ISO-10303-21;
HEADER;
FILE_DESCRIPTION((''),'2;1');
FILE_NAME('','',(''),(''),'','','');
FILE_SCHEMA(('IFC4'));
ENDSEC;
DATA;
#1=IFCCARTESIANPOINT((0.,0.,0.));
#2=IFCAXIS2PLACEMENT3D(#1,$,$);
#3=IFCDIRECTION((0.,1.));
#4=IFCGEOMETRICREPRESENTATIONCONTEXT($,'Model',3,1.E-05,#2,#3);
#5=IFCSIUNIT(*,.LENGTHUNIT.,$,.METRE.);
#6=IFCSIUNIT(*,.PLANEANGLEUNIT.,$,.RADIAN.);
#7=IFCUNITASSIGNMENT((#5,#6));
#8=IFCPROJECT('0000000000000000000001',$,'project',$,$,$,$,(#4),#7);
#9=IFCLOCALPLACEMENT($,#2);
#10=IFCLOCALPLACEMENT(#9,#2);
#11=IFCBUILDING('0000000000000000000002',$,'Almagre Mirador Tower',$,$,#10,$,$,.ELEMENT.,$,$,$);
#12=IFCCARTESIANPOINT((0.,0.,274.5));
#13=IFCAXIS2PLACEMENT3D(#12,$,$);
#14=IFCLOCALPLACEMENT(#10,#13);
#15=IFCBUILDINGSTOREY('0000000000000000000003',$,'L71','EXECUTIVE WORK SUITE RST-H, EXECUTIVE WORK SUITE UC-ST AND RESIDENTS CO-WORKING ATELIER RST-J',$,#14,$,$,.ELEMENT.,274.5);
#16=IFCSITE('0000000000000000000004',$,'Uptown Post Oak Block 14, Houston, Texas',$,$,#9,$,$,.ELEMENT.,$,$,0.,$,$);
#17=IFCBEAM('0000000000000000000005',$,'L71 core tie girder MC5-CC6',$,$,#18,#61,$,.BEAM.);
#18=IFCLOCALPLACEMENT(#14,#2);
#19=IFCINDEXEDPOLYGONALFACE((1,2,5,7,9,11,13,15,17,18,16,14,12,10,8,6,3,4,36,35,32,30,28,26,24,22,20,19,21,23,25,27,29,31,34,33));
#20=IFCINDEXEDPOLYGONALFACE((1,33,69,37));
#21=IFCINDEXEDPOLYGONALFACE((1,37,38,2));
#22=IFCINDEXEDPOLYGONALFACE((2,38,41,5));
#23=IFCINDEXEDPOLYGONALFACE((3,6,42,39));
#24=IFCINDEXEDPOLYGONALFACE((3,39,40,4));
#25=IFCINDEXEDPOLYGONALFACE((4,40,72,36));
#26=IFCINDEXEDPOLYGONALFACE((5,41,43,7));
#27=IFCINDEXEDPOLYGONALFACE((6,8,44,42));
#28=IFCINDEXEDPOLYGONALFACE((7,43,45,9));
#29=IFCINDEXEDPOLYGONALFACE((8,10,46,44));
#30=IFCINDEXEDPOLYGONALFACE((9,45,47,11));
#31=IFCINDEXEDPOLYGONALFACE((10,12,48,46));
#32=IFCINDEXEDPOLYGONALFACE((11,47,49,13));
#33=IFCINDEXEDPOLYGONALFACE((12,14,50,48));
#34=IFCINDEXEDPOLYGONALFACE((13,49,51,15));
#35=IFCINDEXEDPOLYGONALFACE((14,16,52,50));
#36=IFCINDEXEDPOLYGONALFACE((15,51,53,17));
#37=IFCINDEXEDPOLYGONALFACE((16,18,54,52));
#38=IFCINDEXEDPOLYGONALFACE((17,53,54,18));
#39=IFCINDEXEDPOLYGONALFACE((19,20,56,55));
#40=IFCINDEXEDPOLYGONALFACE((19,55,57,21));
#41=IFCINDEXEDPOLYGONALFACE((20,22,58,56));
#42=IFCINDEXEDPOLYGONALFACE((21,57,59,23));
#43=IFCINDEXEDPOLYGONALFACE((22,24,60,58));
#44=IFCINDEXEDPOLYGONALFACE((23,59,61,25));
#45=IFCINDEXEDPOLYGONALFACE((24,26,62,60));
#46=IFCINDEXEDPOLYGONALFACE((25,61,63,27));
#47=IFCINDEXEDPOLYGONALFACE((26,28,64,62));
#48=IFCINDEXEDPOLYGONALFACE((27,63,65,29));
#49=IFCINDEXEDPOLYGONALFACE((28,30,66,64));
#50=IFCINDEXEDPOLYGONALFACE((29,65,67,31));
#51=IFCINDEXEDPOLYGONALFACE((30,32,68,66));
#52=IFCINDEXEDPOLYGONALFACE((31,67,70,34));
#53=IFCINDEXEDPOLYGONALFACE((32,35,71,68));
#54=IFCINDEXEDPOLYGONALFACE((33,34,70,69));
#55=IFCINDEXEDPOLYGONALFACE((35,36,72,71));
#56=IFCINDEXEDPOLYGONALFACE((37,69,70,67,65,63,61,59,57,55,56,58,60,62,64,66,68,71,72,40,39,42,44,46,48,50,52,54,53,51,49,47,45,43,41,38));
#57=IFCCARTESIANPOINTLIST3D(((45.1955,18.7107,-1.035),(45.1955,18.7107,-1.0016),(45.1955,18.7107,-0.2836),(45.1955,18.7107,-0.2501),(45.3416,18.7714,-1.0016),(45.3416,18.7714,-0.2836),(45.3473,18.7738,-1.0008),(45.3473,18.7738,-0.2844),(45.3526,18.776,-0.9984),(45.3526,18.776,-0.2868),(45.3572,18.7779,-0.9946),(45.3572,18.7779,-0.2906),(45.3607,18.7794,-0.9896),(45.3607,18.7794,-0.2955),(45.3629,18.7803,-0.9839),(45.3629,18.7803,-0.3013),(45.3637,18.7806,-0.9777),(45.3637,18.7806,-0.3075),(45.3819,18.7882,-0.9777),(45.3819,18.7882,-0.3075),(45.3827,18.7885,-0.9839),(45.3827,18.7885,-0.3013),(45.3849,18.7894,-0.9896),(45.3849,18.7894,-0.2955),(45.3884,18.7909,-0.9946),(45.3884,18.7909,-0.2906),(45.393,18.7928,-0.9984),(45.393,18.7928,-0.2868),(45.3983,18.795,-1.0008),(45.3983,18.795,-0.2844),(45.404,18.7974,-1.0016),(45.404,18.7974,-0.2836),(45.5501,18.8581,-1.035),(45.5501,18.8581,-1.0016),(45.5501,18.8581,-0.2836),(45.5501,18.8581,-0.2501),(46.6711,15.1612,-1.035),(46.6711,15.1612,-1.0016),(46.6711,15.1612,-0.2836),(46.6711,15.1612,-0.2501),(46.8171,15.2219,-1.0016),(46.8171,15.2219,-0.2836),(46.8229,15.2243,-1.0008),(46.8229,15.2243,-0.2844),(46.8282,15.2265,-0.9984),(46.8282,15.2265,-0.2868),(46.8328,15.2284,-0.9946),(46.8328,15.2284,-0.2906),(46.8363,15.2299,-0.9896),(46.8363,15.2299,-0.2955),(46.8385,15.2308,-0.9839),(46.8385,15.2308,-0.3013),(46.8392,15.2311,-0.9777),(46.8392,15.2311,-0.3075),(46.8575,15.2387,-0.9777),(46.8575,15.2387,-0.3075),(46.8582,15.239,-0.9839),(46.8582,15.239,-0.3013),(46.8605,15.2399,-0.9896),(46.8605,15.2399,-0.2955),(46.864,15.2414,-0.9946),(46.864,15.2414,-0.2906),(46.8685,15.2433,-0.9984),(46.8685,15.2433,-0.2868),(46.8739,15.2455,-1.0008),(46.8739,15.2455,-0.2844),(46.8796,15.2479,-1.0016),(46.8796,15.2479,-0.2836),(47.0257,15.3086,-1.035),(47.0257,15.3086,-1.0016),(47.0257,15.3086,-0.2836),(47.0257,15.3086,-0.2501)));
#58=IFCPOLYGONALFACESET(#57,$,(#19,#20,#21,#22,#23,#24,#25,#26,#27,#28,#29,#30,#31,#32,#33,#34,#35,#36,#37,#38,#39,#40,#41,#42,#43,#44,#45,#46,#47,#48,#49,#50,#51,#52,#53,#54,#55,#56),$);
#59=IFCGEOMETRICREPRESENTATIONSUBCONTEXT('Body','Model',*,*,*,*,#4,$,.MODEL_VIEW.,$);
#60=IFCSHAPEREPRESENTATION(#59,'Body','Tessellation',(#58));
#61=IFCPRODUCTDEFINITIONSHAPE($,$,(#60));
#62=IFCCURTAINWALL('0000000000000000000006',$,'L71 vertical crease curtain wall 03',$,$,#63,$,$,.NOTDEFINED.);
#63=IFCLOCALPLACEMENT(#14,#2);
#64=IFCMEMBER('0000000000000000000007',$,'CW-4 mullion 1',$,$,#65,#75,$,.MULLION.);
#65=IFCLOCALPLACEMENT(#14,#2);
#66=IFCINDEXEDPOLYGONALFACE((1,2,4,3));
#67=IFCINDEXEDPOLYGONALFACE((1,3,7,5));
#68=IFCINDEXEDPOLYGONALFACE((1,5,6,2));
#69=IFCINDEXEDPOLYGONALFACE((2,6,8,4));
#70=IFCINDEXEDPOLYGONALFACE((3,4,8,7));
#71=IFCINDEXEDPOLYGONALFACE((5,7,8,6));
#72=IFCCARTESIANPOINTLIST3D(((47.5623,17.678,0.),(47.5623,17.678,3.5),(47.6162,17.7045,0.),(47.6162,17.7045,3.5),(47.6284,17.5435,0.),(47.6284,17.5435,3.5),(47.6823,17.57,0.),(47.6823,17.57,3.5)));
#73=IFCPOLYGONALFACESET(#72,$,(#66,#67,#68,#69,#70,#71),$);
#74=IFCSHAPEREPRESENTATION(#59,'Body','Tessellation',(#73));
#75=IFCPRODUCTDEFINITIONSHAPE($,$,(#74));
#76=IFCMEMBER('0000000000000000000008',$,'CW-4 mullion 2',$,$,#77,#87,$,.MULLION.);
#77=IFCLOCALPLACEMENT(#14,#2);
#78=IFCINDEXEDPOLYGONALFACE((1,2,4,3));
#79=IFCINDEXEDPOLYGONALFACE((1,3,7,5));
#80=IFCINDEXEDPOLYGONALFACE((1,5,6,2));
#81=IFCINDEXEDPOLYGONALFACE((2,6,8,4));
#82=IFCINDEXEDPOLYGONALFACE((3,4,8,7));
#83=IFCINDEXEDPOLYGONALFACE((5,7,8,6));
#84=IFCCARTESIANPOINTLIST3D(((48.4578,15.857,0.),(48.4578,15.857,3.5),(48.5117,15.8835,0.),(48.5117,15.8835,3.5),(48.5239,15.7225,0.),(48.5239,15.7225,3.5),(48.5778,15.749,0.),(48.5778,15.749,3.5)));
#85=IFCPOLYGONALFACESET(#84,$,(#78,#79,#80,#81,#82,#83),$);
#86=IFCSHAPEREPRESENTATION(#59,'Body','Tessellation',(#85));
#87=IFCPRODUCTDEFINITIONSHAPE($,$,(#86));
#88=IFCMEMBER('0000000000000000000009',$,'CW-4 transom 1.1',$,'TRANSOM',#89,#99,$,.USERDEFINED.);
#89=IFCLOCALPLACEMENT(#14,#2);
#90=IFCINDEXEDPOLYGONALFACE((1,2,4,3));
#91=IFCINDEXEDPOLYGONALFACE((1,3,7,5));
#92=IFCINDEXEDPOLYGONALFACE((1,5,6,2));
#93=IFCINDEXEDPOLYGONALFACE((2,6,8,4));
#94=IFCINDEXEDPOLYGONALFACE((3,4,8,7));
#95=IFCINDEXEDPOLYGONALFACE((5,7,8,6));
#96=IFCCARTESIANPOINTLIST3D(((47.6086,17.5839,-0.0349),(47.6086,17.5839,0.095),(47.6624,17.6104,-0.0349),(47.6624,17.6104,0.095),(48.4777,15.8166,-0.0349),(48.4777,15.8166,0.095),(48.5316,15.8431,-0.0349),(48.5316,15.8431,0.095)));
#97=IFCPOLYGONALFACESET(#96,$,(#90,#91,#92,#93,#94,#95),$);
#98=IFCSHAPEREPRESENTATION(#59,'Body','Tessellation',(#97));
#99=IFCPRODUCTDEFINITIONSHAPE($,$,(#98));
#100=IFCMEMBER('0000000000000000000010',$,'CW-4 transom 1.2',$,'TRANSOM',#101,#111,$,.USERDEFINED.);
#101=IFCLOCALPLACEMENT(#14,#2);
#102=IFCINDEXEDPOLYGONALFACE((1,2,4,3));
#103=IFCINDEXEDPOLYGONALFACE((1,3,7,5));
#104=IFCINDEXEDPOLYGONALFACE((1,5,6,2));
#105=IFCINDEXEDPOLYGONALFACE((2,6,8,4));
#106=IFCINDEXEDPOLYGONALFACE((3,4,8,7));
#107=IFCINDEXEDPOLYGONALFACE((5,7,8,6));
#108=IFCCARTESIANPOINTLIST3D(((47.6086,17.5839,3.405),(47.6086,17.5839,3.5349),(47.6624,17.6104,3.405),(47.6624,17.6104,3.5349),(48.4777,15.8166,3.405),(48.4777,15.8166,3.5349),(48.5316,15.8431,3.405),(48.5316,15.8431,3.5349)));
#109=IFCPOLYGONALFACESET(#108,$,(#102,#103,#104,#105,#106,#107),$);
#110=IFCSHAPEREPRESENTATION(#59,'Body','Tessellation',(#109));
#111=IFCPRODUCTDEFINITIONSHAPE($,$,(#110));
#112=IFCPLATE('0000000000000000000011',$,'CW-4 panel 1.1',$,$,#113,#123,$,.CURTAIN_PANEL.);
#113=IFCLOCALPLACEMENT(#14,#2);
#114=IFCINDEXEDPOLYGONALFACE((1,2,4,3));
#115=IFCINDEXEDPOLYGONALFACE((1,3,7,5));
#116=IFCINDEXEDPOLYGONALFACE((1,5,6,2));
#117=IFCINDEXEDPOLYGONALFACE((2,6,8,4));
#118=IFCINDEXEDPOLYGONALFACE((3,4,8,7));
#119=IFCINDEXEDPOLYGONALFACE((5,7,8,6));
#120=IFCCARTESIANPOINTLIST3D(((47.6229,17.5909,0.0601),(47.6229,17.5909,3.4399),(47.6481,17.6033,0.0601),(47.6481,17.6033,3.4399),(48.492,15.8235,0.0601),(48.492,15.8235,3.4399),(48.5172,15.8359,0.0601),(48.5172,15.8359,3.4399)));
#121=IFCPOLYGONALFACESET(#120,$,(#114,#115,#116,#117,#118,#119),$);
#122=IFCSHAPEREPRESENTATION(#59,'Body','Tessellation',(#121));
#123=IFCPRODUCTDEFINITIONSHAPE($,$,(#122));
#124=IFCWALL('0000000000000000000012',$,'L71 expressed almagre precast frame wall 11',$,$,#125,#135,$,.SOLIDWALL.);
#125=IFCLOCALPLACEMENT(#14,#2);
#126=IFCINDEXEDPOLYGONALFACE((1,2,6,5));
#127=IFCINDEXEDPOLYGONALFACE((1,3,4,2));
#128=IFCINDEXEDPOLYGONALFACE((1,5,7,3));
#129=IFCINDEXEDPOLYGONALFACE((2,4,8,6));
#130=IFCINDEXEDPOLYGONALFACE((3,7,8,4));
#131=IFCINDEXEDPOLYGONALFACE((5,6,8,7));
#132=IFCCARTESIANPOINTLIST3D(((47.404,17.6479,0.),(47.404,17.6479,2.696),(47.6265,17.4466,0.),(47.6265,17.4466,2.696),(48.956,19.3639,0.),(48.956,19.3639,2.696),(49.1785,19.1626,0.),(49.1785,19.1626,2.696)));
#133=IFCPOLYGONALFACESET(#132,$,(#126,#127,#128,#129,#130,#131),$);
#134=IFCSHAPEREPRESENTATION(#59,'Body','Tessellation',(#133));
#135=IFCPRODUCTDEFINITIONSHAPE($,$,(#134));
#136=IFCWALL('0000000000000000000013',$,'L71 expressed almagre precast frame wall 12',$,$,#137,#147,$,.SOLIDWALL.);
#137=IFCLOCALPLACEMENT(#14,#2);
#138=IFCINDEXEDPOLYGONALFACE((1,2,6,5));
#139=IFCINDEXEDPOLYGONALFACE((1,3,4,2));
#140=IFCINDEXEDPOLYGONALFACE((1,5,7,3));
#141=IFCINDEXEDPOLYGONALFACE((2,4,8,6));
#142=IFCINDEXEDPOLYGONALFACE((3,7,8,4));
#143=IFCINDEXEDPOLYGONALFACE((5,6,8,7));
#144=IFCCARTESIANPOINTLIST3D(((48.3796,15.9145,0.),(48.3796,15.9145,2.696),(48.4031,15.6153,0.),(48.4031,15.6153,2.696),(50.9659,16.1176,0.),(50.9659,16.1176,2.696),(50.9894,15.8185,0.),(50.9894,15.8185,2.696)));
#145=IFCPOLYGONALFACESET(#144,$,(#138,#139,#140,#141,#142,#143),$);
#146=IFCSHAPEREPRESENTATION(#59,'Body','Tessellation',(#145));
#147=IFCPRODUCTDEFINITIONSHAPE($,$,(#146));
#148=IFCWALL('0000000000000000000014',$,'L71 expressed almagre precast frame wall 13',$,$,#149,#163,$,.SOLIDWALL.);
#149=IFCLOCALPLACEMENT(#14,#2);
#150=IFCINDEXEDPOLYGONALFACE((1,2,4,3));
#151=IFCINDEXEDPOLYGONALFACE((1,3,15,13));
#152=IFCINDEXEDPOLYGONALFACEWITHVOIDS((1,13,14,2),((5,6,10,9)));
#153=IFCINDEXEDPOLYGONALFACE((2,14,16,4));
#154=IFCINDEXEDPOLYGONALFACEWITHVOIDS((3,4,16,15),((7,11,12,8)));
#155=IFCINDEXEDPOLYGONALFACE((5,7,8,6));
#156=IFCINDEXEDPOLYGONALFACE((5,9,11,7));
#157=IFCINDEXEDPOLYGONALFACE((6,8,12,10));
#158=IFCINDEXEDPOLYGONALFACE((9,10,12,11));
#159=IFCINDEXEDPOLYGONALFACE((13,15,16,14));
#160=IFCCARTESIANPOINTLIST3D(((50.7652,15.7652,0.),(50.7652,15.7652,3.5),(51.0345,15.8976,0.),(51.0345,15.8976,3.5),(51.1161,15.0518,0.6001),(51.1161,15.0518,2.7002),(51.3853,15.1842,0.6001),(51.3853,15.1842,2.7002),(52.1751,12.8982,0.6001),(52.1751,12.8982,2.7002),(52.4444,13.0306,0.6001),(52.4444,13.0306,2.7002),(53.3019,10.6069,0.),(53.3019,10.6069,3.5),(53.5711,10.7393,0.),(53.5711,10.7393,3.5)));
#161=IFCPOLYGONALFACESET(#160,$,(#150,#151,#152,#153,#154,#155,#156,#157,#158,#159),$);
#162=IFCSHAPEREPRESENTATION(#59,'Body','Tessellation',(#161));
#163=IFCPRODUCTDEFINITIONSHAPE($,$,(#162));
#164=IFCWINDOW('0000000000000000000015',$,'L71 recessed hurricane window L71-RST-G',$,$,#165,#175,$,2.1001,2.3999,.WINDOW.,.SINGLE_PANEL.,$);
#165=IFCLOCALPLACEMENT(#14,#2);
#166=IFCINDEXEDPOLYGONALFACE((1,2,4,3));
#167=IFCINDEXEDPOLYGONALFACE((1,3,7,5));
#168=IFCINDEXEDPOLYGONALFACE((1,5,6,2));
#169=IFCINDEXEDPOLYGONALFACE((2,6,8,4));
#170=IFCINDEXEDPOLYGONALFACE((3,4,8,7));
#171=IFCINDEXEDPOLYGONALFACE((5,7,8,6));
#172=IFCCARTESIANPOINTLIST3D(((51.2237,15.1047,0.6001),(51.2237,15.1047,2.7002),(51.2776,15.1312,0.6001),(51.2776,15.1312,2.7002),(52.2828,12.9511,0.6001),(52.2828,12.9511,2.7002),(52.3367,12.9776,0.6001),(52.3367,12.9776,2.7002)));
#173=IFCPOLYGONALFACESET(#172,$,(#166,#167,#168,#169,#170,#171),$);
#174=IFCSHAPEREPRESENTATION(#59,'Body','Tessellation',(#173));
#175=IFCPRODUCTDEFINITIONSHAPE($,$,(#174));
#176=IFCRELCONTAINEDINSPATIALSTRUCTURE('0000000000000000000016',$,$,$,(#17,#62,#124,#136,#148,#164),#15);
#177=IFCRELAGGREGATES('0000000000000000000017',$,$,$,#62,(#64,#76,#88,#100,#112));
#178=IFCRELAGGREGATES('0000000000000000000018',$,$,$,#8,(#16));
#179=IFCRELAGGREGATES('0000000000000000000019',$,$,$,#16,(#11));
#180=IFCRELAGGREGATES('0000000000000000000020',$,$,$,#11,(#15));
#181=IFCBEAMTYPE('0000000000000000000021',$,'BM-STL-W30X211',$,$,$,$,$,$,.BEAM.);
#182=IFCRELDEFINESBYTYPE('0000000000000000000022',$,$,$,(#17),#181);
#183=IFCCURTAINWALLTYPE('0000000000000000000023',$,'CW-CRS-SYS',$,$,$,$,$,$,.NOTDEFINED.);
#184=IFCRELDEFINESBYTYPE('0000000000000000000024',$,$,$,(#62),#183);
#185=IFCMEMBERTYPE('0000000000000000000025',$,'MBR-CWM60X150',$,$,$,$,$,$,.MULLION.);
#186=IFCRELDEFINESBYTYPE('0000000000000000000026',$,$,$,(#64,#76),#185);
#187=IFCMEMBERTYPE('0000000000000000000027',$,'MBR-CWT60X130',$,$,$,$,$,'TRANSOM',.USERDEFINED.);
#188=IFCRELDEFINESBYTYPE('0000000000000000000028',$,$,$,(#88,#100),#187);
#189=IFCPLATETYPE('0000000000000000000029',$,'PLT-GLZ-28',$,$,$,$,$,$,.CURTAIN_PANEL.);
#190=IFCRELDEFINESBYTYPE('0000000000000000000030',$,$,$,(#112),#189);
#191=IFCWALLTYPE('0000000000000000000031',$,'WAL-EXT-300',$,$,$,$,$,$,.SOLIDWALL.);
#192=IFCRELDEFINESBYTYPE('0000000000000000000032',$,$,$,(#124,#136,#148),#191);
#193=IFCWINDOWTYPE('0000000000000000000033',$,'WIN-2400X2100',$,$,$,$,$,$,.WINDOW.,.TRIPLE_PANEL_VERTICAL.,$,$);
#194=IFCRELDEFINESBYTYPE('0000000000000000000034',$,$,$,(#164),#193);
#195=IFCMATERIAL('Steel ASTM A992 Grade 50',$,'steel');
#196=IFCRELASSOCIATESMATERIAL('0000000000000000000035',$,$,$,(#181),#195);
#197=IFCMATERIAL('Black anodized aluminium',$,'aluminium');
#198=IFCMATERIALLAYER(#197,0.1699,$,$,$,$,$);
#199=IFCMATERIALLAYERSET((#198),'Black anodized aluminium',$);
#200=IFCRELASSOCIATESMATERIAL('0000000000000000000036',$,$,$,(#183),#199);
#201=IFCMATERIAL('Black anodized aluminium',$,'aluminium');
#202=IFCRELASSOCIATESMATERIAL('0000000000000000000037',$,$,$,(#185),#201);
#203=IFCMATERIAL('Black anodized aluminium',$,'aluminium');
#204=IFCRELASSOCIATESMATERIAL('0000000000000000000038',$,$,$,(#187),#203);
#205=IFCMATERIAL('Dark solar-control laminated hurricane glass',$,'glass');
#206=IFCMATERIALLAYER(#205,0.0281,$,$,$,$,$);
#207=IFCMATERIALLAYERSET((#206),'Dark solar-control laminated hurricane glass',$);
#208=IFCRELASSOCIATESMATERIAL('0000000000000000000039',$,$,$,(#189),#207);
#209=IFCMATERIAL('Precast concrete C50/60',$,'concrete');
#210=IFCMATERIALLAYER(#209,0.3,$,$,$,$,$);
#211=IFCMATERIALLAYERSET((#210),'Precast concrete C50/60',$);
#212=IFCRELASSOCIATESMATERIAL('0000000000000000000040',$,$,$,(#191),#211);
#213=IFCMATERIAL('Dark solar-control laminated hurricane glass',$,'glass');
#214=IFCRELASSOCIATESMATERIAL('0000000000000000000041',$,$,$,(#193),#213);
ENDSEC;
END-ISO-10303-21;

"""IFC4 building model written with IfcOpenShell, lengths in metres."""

from ifc_helpers import new_model, si_unit, direction, frame, frame_2d, origin, origin_2d, place, context, subcontext, project, spatial, rectangle, i_section, extrude, material, layer, layer_set, material_profile, profile_set, type_object, element, fill, aggregate, save


model = new_model("IFC4")

# Units and contexts
model_context = context("Model", 3, precision=1e-05, world=origin(), true_north=direction((0.0, 1.0)))
body_context = subcontext(model_context, "Body", "Model", "MODEL_VIEW")
ifc_project = project(units=[si_unit("LENGTHUNIT", "METRE"), si_unit("PLANEANGLEUNIT", "RADIAN")], contexts=[model_context])

# Site, building, storey
site_placement = place(None, origin())
site = spatial("IfcSite", under=ifc_project, at=site_placement, Name="Uptown Post Oak Block 14, Houston, Texas", CompositionType="ELEMENT", RefElevation=0.0)
building_placement = place(site_placement, origin())
building = spatial("IfcBuilding", under=site, at=building_placement, Name="Almagre Mirador Tower", CompositionType="ELEMENT")
storey_placement = place(building_placement, frame((0.0, 0.0, 274.5)))
storey = spatial("IfcBuildingStorey", under=building, at=storey_placement, Name="L71", Description="EXECUTIVE WORK SUITE RST-H, EXECUTIVE WORK SUITE UC-ST AND RESIDENTS CO-WORKING ATELIER RST-J", CompositionType="ELEMENT", Elevation=274.5)

# Beam
ifc_material_1 = material(Name="Steel ASTM A992 Grade 50", Category="steel")
ifc_material_profile_1 = material_profile(ifc_material_1, i_section(OverallWidth=0.384, OverallDepth=0.7849, WebThickness=0.0198, FlangeThickness=0.0334, FilletRadius=0.0239, at=origin_2d()), Name="W30X211")
ifc_profile_set_1 = profile_set([ifc_material_profile_1], Name="Steel ASTM A992 Grade 50")
beam_type_1 = type_object("IfcBeamType", Name="BM-STL-W30X211", PredefinedType="BEAM", material=ifc_profile_set_1)
beam_1_placement = place(storey_placement, frame((45.3728, 18.7844, -0.6426), z_axis=(0.383862, -0.92339, 0.0), x_axis=(0.92339, 0.383862, 0.0)))
element("IfcBeam", 1, at=beam_1_placement, inside=storey, type_object=beam_type_1, Name="L71 core tie girder MC5-CC6", PredefinedType="BEAM", context=body_context, shape_type="SweptSolid", body=[
    extrude(i_section(OverallWidth=0.384, OverallDepth=0.7849, WebThickness=0.0198, FlangeThickness=0.0334, FilletRadius=0.0239, at=origin_2d()), origin(), (0.0, 0.0, 1.0), 3.844),
])

# Curtain wall, members, plate
ifc_material_2 = material(Name="Black anodized aluminium", Category="aluminium")
ifc_layer_1 = layer(ifc_material_2, 0.1699)
ifc_layer_set_1 = layer_set([ifc_layer_1], Name="Black anodized aluminium")
curtain_wall_type = type_object("IfcCurtainWallType", Name="CW-CRS-SYS", PredefinedType="NOTDEFINED", material=ifc_layer_set_1)
curtain_wall_placement = place(storey_placement, origin())
curtain_wall = element("IfcCurtainWall", 2, at=curtain_wall_placement, inside=storey, type_object=curtain_wall_type, Name="L71 vertical crease curtain wall 03", PredefinedType="NOTDEFINED")
ifc_material_3 = material(Name="Black anodized aluminium", Category="aluminium")
ifc_material_profile_2 = material_profile(ifc_material_3, rectangle(XDim=0.0601, YDim=0.1499, at=origin_2d()), Name="CWM60X150")
ifc_profile_set_2 = profile_set([ifc_material_profile_2], Name="Black anodized aluminium")
member_type_1 = type_object("IfcMemberType", Name="MBR-CWM60X150", PredefinedType="MULLION", material=ifc_profile_set_2)
member_1_placement = place(storey_placement, frame((47.6223, 17.624, 0.0), z_axis=(0.0, 0.0, 1.0), x_axis=(0.897375, 0.441269, 0.0)))
member_1 = element("IfcMember", 3, at=member_1_placement, type_object=member_type_1, Name="CW-4 mullion 1", PredefinedType="MULLION", context=body_context, shape_type="SweptSolid", body=[
    extrude(rectangle(XDim=0.0601, YDim=0.1499, at=origin_2d()), origin(), (0.0, 0.0, 1.0), 3.5),
])
member_2_placement = place(storey_placement, frame((48.5178, 15.803, 0.0), z_axis=(0.0, 0.0, 1.0), x_axis=(0.897375, 0.441269, 0.0)))
member_2 = element("IfcMember", 4, at=member_2_placement, type_object=member_type_1, Name="CW-4 mullion 2", PredefinedType="MULLION", context=body_context, shape_type="SweptSolid", body=[
    extrude(rectangle(XDim=0.0601, YDim=0.1499, at=origin_2d()), origin(), (0.0, 0.0, 1.0), 3.5),
])
ifc_material_4 = material(Name="Black anodized aluminium", Category="aluminium")
ifc_material_profile_3 = material_profile(ifc_material_4, rectangle(XDim=0.0601, YDim=0.1299, at=origin_2d()), Name="CWT60X130")
ifc_profile_set_3 = profile_set([ifc_material_profile_3], Name="Black anodized aluminium")
member_type_2 = type_object("IfcMemberType", Name="MBR-CWT60X130", ElementType="TRANSOM", PredefinedType="USERDEFINED", material=ifc_profile_set_3)
member_3_placement = place(storey_placement, frame((47.6355, 17.5972, 0.03), z_axis=(0.441303, -0.897358, 0.0), x_axis=(0.897358, 0.441303, 0.0)))
member_3 = element("IfcMember", 5, at=member_3_placement, type_object=member_type_2, Name="CW-4 transom 1.1", ObjectType="TRANSOM", PredefinedType="USERDEFINED", context=body_context, shape_type="SweptSolid", body=[
    extrude(rectangle(XDim=0.0601, YDim=0.1299, at=origin_2d()), origin(), (0.0, 0.0, 1.0), 1.9695),
])
member_4_placement = place(storey_placement, frame((47.6355, 17.5972, 3.47), z_axis=(0.441303, -0.897358, 0.0), x_axis=(0.897358, 0.441303, 0.0)))
member_4 = element("IfcMember", 6, at=member_4_placement, type_object=member_type_2, Name="CW-4 transom 1.2", ObjectType="TRANSOM", PredefinedType="USERDEFINED", context=body_context, shape_type="SweptSolid", body=[
    extrude(rectangle(XDim=0.0601, YDim=0.1299, at=origin_2d()), origin(), (0.0, 0.0, 1.0), 1.9695),
])
ifc_material_5 = material(Name="Dark solar-control laminated hurricane glass", Category="glass")
ifc_layer_2 = layer(ifc_material_5, 0.0281)
ifc_layer_set_2 = layer_set([ifc_layer_2], Name="Dark solar-control laminated hurricane glass")
plate_type = type_object("IfcPlateType", Name="PLT-GLZ-28", PredefinedType="CURTAIN_PANEL", material=ifc_layer_set_2)
plate_placement = place(storey_placement, frame((48.0701, 16.7134, 0.0601), z_axis=(0.0, 0.0, 1.0), x_axis=(0.441269, -0.897375, 0.0)))
plate = element("IfcPlate", 7, at=plate_placement, type_object=plate_type, Name="CW-4 panel 1.1", PredefinedType="CURTAIN_PANEL", context=body_context, shape_type="SweptSolid", body=[
    extrude(rectangle(XDim=1.9695, YDim=0.0281, at=origin_2d()), origin(), (0.0, 0.0, 1.0), 3.3799),
])
aggregate(curtain_wall, [member_1, member_2, member_3, member_4, plate])

# Walls
ifc_material_6 = material(Name="Precast concrete C50/60", Category="concrete")
ifc_layer_3 = layer(ifc_material_6, 0.3)
ifc_layer_set_3 = layer_set([ifc_layer_3], Name="Precast concrete C50/60")
wall_type_1 = type_object("IfcWallType", Name="WAL-EXT-300", PredefinedType="SOLIDWALL", material=ifc_layer_set_3)
wall_1_placement = place(storey_placement, frame((49.0671, 19.2632, 0.0), z_axis=(0.0, 0.0, 1.0), x_axis=(-0.670764, -0.741671, 0.0)))
element("IfcWall", 8, at=wall_1_placement, inside=storey, type_object=wall_type_1, Name="L71 expressed almagre precast frame wall 11", PredefinedType="SOLIDWALL", context=body_context, shape_type="SweptSolid", body=[
    extrude(rectangle(XDim=2.3137, YDim=0.3, at=frame_2d((1.1567, 0.0))), origin(), (0.0, 0.0, 1.0), 2.696),
])
wall_2_placement = place(storey_placement, frame((48.3914, 15.7649, 0.0), z_axis=(0.0, 0.0, 1.0), x_axis=(0.99693, 0.078301, 0.0)))
element("IfcWall", 9, at=wall_2_placement, inside=storey, type_object=wall_type_1, Name="L71 expressed almagre precast frame wall 12", PredefinedType="SOLIDWALL", context=body_context, shape_type="SweptSolid", body=[
    extrude(rectangle(XDim=2.5942, YDim=0.3, at=frame_2d((1.2971, 0.0))), origin(), (0.0, 0.0, 1.0), 2.696),
])

# Wall, opening, window
wall_3_placement = place(storey_placement, frame((50.8999, 15.8313, 0.0), z_axis=(0.0, 0.0, 1.0), x_axis=(0.441292, -0.897364, 0.0)))
wall_3 = element("IfcWall", 10, at=wall_3_placement, inside=storey, type_object=wall_type_1, Name="L71 expressed almagre precast frame wall 13", PredefinedType="SOLIDWALL", context=body_context, shape_type="SweptSolid", body=[
    extrude(rectangle(XDim=5.7483, YDim=0.3, at=frame_2d((2.874, 0.0))), origin(), (0.0, 0.0, 1.0), 3.5),
])
opening_1_placement = place(wall_3_placement, frame((0.7949, 0.0, 0.6001)))
opening_1 = element("IfcOpeningElement", 11, at=opening_1_placement, cuts=wall_3, PredefinedType="OPENING", context=body_context, shape_type="SweptSolid", body=[
    extrude(rectangle(XDim=2.3999, YDim=2.1001, at=frame_2d((1.2, 1.05))), frame((0.0, 0.1599, 0.0), z_axis=(0.0, -1.0, 0.0), x_axis=(1.0, 0.0, 0.0)), (0.0, 0.0, 1.0), 0.32),
])
ifc_material_7 = material(Name="Dark solar-control laminated hurricane glass", Category="glass")
window_type = type_object("IfcWindowType", Name="WIN-2400X2100", PartitioningType="TRIPLE_PANEL_VERTICAL", PredefinedType="WINDOW", material=ifc_material_7)
window_placement = place(opening_1_placement, origin())
window = element("IfcWindow", 12, at=window_placement, inside=storey, type_object=window_type, Name="L71 recessed hurricane window L71-RST-G", OverallHeight=2.1001, OverallWidth=2.3999, PartitioningType="SINGLE_PANEL", PredefinedType="WINDOW", context=body_context, shape_type="SweptSolid", body=[
    extrude(rectangle(XDim=2.3999, YDim=2.1001, at=frame_2d((1.2, 1.05))), frame((0.0, 0.03, 0.0), z_axis=(0.0, -1.0, 0.0), x_axis=(1.0, 0.0, 0.0)), (0.0, 0.0, 1.0), 0.0601),
])
fill(opening_1, window)

save(model, "model.ifc")
